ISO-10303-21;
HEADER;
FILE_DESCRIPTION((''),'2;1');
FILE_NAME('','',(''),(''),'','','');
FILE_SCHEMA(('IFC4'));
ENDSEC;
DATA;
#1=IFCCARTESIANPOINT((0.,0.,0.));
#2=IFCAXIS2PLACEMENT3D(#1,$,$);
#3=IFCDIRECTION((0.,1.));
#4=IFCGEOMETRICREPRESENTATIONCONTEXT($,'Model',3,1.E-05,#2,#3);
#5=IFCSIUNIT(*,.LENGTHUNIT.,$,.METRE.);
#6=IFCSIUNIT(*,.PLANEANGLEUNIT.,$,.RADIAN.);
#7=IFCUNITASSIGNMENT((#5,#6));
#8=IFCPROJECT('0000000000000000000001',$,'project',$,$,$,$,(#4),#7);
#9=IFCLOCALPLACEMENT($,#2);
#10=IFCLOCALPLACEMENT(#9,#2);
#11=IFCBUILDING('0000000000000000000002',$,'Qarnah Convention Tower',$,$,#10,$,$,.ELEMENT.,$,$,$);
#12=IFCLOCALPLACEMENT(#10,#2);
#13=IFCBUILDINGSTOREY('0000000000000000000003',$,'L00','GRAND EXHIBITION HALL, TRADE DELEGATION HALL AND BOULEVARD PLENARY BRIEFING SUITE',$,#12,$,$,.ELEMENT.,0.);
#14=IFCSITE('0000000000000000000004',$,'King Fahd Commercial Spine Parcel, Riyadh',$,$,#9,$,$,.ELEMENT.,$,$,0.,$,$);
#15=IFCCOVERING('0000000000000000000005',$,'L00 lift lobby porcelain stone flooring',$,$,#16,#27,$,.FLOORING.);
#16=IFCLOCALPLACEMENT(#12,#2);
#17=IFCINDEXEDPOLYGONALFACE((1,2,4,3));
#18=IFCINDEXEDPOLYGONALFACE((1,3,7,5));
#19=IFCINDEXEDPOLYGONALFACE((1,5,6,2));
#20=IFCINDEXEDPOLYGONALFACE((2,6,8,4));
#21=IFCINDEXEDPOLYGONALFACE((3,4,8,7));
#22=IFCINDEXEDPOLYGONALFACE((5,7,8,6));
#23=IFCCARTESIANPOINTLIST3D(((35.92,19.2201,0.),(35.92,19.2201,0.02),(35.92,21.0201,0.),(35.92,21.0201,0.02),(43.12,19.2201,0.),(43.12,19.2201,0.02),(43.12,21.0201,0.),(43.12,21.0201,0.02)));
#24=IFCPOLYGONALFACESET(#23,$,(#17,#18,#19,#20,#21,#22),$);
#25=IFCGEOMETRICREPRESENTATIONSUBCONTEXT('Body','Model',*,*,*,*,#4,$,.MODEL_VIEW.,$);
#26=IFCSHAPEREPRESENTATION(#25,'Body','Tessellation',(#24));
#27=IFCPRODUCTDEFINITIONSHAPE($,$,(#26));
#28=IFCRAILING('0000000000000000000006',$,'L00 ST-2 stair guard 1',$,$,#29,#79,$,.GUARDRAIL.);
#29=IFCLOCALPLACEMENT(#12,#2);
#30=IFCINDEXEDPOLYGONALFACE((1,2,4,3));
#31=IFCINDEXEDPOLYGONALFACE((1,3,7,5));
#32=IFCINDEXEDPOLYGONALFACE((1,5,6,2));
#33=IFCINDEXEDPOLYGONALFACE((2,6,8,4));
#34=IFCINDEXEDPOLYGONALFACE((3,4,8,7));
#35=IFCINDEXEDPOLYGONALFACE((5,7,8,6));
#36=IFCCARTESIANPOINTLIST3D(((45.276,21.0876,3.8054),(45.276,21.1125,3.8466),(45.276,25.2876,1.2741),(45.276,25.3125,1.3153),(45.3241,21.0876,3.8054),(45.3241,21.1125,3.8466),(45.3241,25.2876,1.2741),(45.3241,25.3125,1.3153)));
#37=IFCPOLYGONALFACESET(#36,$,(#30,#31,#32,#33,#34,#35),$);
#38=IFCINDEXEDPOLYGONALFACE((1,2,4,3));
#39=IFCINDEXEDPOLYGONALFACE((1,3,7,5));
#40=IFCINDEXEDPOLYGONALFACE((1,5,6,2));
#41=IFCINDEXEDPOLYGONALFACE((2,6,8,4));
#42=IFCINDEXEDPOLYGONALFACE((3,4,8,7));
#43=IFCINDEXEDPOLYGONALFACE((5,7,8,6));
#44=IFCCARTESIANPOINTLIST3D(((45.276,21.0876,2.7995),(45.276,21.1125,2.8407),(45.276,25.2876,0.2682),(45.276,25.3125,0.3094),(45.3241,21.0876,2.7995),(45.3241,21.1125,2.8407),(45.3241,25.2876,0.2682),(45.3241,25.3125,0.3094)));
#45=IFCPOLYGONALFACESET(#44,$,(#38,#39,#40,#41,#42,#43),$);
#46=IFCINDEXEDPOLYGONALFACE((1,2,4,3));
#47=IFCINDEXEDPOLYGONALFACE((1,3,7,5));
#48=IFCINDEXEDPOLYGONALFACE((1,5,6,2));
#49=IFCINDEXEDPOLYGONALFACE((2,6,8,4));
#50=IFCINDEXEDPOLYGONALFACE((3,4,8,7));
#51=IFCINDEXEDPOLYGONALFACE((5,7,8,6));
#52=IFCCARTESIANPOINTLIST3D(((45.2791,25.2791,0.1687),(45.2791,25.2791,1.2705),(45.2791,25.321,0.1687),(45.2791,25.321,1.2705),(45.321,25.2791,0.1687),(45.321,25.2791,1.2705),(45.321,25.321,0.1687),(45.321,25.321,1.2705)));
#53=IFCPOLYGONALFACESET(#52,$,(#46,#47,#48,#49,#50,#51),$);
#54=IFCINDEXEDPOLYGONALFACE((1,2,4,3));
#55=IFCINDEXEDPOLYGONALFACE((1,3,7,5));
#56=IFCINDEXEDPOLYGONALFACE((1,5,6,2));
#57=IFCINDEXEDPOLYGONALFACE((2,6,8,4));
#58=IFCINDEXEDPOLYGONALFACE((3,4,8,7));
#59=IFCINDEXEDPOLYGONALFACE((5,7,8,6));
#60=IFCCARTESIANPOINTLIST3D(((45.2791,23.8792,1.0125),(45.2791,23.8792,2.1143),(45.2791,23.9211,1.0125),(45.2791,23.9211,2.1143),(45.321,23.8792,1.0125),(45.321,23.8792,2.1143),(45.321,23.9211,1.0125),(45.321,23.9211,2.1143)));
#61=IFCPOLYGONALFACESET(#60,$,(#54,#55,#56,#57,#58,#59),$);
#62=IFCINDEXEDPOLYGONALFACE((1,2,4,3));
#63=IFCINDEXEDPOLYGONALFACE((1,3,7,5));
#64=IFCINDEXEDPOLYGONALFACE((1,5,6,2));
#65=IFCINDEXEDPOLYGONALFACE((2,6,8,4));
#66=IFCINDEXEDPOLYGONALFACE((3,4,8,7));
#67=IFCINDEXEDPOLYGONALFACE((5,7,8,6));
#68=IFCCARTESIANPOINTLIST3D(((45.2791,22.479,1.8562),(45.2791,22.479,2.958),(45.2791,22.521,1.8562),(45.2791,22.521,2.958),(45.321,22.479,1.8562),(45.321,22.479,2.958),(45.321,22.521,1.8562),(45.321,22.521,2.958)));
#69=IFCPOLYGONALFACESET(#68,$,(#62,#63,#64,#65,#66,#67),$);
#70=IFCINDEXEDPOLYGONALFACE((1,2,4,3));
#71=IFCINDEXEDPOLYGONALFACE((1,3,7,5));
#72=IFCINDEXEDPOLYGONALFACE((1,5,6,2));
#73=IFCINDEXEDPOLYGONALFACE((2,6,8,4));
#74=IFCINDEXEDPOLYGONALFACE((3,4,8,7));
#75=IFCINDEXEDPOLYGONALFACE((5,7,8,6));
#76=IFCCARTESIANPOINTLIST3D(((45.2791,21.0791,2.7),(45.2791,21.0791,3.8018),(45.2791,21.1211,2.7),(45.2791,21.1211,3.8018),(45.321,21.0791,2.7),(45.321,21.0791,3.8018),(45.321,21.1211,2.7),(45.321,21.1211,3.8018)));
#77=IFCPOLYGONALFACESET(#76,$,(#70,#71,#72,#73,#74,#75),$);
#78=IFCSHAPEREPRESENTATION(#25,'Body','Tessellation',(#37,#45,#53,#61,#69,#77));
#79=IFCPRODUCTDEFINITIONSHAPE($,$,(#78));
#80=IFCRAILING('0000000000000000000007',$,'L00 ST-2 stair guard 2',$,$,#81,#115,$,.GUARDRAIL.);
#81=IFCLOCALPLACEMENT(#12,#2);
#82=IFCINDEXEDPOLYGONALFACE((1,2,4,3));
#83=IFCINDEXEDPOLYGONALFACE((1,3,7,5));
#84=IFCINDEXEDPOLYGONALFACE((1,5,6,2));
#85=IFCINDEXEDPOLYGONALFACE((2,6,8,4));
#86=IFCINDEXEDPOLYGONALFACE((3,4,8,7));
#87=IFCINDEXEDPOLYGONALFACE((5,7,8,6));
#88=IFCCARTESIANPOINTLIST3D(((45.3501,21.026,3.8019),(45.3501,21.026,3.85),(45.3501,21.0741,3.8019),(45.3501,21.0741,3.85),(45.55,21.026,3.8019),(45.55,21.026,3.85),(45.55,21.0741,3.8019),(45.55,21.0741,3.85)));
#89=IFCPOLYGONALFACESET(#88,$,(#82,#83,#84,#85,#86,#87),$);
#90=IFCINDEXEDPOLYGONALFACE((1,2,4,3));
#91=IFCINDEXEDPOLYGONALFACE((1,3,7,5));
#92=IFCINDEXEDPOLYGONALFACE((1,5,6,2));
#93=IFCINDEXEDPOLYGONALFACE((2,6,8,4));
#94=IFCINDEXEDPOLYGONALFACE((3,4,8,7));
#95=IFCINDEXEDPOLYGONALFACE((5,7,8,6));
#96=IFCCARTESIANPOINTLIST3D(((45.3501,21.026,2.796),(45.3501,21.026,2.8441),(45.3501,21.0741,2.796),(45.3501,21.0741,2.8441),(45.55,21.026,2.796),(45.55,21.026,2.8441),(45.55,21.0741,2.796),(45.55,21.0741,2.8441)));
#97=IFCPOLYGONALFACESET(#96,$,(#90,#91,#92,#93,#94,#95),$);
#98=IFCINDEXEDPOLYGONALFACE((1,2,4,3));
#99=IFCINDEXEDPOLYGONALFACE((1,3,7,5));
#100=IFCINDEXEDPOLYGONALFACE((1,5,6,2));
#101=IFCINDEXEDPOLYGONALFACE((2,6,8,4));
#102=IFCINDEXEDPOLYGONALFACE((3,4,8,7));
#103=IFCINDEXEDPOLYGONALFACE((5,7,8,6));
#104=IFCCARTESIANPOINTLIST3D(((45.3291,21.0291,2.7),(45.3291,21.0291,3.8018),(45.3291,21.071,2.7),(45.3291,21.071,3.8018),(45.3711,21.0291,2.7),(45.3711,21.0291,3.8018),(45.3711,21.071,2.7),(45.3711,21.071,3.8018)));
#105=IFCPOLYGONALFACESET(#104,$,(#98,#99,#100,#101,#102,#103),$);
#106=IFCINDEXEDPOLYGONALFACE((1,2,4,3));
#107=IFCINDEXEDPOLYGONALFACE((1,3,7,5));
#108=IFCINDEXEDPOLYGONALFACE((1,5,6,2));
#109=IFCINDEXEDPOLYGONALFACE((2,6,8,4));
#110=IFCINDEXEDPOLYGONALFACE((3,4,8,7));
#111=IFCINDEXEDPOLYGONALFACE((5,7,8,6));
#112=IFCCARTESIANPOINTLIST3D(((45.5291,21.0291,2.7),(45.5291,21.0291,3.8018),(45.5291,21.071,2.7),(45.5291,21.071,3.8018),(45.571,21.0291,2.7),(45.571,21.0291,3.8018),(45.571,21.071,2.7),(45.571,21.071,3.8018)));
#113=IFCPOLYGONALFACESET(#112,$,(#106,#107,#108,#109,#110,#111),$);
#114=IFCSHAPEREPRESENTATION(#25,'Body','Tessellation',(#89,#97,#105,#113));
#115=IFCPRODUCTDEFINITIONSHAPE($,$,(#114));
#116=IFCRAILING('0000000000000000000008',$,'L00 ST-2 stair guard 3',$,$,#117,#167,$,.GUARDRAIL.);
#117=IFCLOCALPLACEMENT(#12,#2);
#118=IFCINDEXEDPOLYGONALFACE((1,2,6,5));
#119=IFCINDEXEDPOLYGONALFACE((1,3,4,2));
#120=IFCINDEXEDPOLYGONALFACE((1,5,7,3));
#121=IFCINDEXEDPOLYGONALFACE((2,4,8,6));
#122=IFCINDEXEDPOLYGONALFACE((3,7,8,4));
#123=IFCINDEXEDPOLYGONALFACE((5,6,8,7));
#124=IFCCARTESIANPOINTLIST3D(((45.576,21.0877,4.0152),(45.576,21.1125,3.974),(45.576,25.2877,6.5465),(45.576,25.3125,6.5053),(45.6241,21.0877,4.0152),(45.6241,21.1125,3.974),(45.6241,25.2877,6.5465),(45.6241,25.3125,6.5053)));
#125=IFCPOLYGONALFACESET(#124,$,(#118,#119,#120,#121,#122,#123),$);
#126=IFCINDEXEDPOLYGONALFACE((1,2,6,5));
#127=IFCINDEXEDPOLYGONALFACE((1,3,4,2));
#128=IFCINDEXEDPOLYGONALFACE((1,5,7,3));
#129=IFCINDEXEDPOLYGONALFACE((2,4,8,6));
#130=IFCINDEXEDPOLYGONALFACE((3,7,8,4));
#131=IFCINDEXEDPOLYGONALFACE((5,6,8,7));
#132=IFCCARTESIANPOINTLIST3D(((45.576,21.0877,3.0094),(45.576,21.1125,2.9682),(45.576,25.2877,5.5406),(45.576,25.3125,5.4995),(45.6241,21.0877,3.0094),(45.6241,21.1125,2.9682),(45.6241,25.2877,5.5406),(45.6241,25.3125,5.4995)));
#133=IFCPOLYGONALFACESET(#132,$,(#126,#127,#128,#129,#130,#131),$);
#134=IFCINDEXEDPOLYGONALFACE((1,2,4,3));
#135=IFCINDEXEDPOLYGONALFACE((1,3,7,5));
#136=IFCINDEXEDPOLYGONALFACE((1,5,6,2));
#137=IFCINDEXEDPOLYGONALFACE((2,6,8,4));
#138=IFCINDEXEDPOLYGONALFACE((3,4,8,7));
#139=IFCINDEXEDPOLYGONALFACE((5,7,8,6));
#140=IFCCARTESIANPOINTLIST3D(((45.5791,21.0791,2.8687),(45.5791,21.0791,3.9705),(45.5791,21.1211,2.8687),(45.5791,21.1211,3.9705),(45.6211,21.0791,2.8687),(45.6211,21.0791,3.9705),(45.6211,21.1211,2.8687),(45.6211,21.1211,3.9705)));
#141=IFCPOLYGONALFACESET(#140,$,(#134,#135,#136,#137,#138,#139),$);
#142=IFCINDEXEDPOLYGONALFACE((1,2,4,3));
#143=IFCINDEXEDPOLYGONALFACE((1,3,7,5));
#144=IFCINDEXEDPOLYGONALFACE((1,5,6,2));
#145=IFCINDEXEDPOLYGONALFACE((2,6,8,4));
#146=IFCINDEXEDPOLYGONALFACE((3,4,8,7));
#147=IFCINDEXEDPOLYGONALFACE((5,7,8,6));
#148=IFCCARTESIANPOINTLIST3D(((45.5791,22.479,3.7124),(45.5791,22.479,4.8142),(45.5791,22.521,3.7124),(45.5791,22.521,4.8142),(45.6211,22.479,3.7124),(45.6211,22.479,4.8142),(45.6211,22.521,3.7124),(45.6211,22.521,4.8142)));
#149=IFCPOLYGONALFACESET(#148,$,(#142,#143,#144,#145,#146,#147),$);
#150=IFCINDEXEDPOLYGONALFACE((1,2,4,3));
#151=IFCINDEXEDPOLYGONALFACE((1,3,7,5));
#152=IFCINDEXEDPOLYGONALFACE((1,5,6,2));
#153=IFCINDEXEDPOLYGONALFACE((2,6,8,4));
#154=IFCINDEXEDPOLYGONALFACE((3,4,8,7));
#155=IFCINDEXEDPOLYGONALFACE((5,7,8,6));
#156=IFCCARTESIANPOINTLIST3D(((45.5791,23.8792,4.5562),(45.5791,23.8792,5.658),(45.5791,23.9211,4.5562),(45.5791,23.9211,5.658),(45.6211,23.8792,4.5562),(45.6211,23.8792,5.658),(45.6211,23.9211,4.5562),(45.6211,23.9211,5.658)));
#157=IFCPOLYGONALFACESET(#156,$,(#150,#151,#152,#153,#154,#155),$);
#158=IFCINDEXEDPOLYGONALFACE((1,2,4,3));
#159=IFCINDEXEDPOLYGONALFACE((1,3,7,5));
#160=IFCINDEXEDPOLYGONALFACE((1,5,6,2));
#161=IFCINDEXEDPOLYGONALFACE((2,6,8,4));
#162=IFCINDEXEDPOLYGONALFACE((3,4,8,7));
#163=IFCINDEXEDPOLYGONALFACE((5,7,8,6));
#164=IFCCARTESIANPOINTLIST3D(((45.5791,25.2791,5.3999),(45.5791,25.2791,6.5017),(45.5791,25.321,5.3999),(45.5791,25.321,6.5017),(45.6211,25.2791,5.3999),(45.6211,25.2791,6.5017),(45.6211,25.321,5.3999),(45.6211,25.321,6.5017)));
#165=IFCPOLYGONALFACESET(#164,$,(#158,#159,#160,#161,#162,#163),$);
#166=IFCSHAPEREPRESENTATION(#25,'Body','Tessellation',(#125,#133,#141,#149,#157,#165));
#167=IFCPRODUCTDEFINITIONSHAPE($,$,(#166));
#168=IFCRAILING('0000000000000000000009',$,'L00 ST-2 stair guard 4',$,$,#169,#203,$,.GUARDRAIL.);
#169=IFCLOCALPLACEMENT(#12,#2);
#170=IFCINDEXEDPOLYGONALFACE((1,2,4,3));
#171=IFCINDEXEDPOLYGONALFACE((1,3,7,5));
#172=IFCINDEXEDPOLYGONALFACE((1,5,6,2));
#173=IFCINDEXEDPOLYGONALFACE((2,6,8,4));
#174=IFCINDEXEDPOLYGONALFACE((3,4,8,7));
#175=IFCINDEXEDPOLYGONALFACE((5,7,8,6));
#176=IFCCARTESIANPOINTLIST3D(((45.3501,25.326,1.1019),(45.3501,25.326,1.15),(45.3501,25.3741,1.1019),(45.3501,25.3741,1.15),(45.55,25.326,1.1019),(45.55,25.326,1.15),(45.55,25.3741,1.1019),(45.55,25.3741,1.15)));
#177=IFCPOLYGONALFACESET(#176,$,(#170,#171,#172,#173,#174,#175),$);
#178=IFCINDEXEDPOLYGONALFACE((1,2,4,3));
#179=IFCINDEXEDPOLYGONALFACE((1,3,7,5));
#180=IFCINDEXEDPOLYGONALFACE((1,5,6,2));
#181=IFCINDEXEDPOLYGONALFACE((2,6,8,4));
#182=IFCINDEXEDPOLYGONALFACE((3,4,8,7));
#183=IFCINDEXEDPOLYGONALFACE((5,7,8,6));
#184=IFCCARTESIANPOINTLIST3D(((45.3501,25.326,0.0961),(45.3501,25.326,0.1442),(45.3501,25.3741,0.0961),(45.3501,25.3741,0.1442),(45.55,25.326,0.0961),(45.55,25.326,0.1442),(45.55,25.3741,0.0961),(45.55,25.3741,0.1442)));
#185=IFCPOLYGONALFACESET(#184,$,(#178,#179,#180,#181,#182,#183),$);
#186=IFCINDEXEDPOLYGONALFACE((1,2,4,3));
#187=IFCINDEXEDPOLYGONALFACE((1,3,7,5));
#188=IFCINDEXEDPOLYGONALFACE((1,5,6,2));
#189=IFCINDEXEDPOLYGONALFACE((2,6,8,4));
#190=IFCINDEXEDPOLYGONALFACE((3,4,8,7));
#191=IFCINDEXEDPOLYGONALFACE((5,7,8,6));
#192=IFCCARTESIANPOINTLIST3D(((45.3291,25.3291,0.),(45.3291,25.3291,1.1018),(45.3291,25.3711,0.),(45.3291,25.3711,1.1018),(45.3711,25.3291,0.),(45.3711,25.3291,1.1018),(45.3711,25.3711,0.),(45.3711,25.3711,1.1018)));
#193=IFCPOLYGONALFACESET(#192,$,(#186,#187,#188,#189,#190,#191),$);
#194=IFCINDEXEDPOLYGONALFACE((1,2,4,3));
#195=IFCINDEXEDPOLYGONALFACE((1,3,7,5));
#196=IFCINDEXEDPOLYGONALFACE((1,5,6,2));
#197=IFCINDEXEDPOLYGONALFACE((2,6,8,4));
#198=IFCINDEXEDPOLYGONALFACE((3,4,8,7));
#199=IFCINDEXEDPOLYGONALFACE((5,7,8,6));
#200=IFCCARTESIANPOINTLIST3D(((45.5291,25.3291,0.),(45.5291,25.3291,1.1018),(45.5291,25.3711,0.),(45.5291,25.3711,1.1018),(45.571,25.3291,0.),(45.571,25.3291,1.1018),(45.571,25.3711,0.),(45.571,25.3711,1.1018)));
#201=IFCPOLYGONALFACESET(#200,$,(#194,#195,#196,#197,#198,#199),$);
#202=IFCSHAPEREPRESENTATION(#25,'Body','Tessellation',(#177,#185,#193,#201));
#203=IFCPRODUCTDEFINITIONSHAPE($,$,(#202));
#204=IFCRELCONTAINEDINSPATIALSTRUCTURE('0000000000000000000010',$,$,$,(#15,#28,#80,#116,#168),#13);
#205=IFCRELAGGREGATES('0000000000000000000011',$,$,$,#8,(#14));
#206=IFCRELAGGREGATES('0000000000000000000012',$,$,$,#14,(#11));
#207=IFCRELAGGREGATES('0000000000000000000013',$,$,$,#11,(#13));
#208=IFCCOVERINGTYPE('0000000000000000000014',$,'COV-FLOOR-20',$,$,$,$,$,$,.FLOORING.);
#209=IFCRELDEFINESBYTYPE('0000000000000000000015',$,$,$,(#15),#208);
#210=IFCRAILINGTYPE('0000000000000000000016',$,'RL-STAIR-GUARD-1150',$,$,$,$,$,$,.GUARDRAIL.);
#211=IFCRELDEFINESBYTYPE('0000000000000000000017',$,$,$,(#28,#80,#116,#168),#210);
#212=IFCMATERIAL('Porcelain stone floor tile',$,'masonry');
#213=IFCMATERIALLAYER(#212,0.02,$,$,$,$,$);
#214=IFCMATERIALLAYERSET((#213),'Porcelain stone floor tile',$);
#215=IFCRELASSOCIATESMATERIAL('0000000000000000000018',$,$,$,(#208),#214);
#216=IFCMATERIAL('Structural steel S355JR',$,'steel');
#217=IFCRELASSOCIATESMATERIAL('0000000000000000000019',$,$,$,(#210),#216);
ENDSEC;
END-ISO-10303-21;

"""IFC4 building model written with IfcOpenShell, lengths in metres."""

from ifc_helpers import new_model, si_unit, direction, frame, origin, origin_2d, place, context, subcontext, project, spatial, rectangle, extrude, material, layer, layer_set, type_object, element, save


model = new_model("IFC4")

# Units and contexts
model_context = context("Model", 3, precision=1e-05, world=origin(), true_north=direction((0.0, 1.0)))
body_context = subcontext(model_context, "Body", "Model", "MODEL_VIEW")
ifc_project = project(units=[si_unit("LENGTHUNIT", "METRE"), si_unit("PLANEANGLEUNIT", "RADIAN")], contexts=[model_context])

# Site, building, storey
site_placement = place(None, origin())
site = spatial("IfcSite", under=ifc_project, at=site_placement, Name="King Fahd Commercial Spine Parcel, Riyadh", CompositionType="ELEMENT", RefElevation=0.0)
building_placement = place(site_placement, origin())
building = spatial("IfcBuilding", under=site, at=building_placement, Name="Qarnah Convention Tower", CompositionType="ELEMENT")
storey_placement = place(building_placement, origin())
storey = spatial("IfcBuildingStorey", under=building, at=storey_placement, Name="L00", Description="GRAND EXHIBITION HALL, TRADE DELEGATION HALL AND BOULEVARD PLENARY BRIEFING SUITE", CompositionType="ELEMENT", Elevation=0.0)

# Shared definitions
ifc_material_1 = material(Name="Structural steel S355JR", Category="steel")

# Covering
ifc_material_2 = material(Name="Porcelain stone floor tile", Category="masonry")
ifc_layer_1 = layer(ifc_material_2, 0.02)
ifc_layer_set_1 = layer_set([ifc_layer_1], Name="Porcelain stone floor tile")
covering_type = type_object("IfcCoveringType", Name="COV-FLOOR-20", PredefinedType="FLOORING", material=ifc_layer_set_1)
covering_placement = place(storey_placement, frame((39.52, 20.1201, 0.0), z_axis=(0.0, 0.0, 1.0), x_axis=(1.0, 0.0, 0.0)))
element("IfcCovering", 1, at=covering_placement, inside=storey, type_object=covering_type, Name="L00 lift lobby porcelain stone flooring", PredefinedType="FLOORING", context=body_context, shape_type="SweptSolid", body=[
    extrude(rectangle(XDim=7.2, YDim=1.8, at=origin_2d()), origin(), (0.0, 0.0, 1.0), 0.02),
])

# Railings
railing_type_1 = type_object("IfcRailingType", Name="RL-STAIR-GUARD-1150", PredefinedType="GUARDRAIL", material=ifc_material_1)
railing_1_placement = place(storey_placement, frame((45.3, 25.3, 0.1687)))
element("IfcRailing", 2, at=railing_1_placement, inside=storey, type_object=railing_type_1, Name="L00 ST-2 stair guard 1", PredefinedType="GUARDRAIL", context=body_context, shape_type="SweptSolid", body=[
    extrude(rectangle(XDim=0.0481, YDim=0.0481, at=origin_2d()), frame((0.0, 0.0, 1.126), z_axis=(0.0, -0.856476, 0.516186), x_axis=(1.0, 0.0, 0.0)), (0.0, 0.0, 1.0), 4.9038),
    extrude(rectangle(XDim=0.0481, YDim=0.0481, at=origin_2d()), frame((0.0, 0.0, 0.1201), z_axis=(0.0, -0.856476, 0.516186), x_axis=(1.0, 0.0, 0.0)), (0.0, 0.0, 1.0), 4.9038),
    extrude(rectangle(XDim=0.042, YDim=0.042, at=origin_2d()), origin(), (0.0, 0.0, 1.0), 1.1018),
    extrude(rectangle(XDim=0.042, YDim=0.042, at=origin_2d()), frame((0.0, -1.3999, 0.8438)), (0.0, 0.0, 1.0), 1.1018),
    extrude(rectangle(XDim=0.042, YDim=0.042, at=origin_2d()), frame((0.0, -2.8, 1.6875)), (0.0, 0.0, 1.0), 1.1018),
    extrude(rectangle(XDim=0.042, YDim=0.042, at=origin_2d()), frame((0.0, -4.2, 2.5312)), (0.0, 0.0, 1.0), 1.1018),
])
railing_2_placement = place(storey_placement, frame((45.3501, 21.05, 2.7)))
element("IfcRailing", 3, at=railing_2_placement, inside=storey, type_object=railing_type_1, Name="L00 ST-2 stair guard 2", PredefinedType="GUARDRAIL", context=body_context, shape_type="SweptSolid", body=[
    extrude(rectangle(XDim=0.0481, YDim=0.0481, at=origin_2d()), frame((0.0, 0.0, 1.126), z_axis=(1.0, 0.0, 0.0), x_axis=(0.0, 1.0, 0.0)), (0.0, 0.0, 1.0), 0.2),
    extrude(rectangle(XDim=0.0481, YDim=0.0481, at=origin_2d()), frame((0.0, 0.0, 0.1201), z_axis=(1.0, 0.0, 0.0), x_axis=(0.0, 1.0, 0.0)), (0.0, 0.0, 1.0), 0.2),
    extrude(rectangle(XDim=0.042, YDim=0.042, at=origin_2d()), origin(), (0.0, 0.0, 1.0), 1.1018),
    extrude(rectangle(XDim=0.042, YDim=0.042, at=origin_2d()), frame((0.2, 0.0, 0.0)), (0.0, 0.0, 1.0), 1.1018),
])
railing_3_placement = place(storey_placement, frame((45.6001, 21.1001, 2.8687)))
element("IfcRailing", 4, at=railing_3_placement, inside=storey, type_object=railing_type_1, Name="L00 ST-2 stair guard 3", PredefinedType="GUARDRAIL", context=body_context, shape_type="SweptSolid", body=[
    extrude(rectangle(XDim=0.0481, YDim=0.0481, at=origin_2d()), frame((0.0, 0.0, 1.126), z_axis=(0.0, 0.856476, 0.516186), x_axis=(-1.0, 0.0, 0.0)), (0.0, 0.0, 1.0), 4.9038),
    extrude(rectangle(XDim=0.0481, YDim=0.0481, at=origin_2d()), frame((0.0, 0.0, 0.1201), z_axis=(0.0, 0.856476, 0.516186), x_axis=(-1.0, 0.0, 0.0)), (0.0, 0.0, 1.0), 4.9038),
    extrude(rectangle(XDim=0.042, YDim=0.042, at=origin_2d()), origin(), (0.0, 0.0, 1.0), 1.1018),
    extrude(rectangle(XDim=0.042, YDim=0.042, at=origin_2d()), frame((0.0, 1.3999, 0.8438)), (0.0, 0.0, 1.0), 1.1018),
    extrude(rectangle(XDim=0.042, YDim=0.042, at=origin_2d()), frame((0.0, 2.8, 1.6875)), (0.0, 0.0, 1.0), 1.1018),
    extrude(rectangle(XDim=0.042, YDim=0.042, at=origin_2d()), frame((0.0, 4.2, 2.5312)), (0.0, 0.0, 1.0), 1.1018),
])
railing_4_placement = place(storey_placement, frame((45.3501, 25.3501, 0.0)))
element("IfcRailing", 5, at=railing_4_placement, inside=storey, type_object=railing_type_1, Name="L00 ST-2 stair guard 4", PredefinedType="GUARDRAIL", context=body_context, shape_type="SweptSolid", body=[
    extrude(rectangle(XDim=0.0481, YDim=0.0481, at=origin_2d()), frame((0.0, 0.0, 1.126), z_axis=(1.0, 0.0, 0.0), x_axis=(0.0, 1.0, 0.0)), (0.0, 0.0, 1.0), 0.2),
    extrude(rectangle(XDim=0.0481, YDim=0.0481, at=origin_2d()), frame((0.0, 0.0, 0.1201), z_axis=(1.0, 0.0, 0.0), x_axis=(0.0, 1.0, 0.0)), (0.0, 0.0, 1.0), 0.2),
    extrude(rectangle(XDim=0.042, YDim=0.042, at=origin_2d()), origin(), (0.0, 0.0, 1.0), 1.1018),
    extrude(rectangle(XDim=0.042, YDim=0.042, at=origin_2d()), frame((0.2, 0.0, 0.0)), (0.0, 0.0, 1.0), 1.1018),
])

save(model, "model.ifc")
